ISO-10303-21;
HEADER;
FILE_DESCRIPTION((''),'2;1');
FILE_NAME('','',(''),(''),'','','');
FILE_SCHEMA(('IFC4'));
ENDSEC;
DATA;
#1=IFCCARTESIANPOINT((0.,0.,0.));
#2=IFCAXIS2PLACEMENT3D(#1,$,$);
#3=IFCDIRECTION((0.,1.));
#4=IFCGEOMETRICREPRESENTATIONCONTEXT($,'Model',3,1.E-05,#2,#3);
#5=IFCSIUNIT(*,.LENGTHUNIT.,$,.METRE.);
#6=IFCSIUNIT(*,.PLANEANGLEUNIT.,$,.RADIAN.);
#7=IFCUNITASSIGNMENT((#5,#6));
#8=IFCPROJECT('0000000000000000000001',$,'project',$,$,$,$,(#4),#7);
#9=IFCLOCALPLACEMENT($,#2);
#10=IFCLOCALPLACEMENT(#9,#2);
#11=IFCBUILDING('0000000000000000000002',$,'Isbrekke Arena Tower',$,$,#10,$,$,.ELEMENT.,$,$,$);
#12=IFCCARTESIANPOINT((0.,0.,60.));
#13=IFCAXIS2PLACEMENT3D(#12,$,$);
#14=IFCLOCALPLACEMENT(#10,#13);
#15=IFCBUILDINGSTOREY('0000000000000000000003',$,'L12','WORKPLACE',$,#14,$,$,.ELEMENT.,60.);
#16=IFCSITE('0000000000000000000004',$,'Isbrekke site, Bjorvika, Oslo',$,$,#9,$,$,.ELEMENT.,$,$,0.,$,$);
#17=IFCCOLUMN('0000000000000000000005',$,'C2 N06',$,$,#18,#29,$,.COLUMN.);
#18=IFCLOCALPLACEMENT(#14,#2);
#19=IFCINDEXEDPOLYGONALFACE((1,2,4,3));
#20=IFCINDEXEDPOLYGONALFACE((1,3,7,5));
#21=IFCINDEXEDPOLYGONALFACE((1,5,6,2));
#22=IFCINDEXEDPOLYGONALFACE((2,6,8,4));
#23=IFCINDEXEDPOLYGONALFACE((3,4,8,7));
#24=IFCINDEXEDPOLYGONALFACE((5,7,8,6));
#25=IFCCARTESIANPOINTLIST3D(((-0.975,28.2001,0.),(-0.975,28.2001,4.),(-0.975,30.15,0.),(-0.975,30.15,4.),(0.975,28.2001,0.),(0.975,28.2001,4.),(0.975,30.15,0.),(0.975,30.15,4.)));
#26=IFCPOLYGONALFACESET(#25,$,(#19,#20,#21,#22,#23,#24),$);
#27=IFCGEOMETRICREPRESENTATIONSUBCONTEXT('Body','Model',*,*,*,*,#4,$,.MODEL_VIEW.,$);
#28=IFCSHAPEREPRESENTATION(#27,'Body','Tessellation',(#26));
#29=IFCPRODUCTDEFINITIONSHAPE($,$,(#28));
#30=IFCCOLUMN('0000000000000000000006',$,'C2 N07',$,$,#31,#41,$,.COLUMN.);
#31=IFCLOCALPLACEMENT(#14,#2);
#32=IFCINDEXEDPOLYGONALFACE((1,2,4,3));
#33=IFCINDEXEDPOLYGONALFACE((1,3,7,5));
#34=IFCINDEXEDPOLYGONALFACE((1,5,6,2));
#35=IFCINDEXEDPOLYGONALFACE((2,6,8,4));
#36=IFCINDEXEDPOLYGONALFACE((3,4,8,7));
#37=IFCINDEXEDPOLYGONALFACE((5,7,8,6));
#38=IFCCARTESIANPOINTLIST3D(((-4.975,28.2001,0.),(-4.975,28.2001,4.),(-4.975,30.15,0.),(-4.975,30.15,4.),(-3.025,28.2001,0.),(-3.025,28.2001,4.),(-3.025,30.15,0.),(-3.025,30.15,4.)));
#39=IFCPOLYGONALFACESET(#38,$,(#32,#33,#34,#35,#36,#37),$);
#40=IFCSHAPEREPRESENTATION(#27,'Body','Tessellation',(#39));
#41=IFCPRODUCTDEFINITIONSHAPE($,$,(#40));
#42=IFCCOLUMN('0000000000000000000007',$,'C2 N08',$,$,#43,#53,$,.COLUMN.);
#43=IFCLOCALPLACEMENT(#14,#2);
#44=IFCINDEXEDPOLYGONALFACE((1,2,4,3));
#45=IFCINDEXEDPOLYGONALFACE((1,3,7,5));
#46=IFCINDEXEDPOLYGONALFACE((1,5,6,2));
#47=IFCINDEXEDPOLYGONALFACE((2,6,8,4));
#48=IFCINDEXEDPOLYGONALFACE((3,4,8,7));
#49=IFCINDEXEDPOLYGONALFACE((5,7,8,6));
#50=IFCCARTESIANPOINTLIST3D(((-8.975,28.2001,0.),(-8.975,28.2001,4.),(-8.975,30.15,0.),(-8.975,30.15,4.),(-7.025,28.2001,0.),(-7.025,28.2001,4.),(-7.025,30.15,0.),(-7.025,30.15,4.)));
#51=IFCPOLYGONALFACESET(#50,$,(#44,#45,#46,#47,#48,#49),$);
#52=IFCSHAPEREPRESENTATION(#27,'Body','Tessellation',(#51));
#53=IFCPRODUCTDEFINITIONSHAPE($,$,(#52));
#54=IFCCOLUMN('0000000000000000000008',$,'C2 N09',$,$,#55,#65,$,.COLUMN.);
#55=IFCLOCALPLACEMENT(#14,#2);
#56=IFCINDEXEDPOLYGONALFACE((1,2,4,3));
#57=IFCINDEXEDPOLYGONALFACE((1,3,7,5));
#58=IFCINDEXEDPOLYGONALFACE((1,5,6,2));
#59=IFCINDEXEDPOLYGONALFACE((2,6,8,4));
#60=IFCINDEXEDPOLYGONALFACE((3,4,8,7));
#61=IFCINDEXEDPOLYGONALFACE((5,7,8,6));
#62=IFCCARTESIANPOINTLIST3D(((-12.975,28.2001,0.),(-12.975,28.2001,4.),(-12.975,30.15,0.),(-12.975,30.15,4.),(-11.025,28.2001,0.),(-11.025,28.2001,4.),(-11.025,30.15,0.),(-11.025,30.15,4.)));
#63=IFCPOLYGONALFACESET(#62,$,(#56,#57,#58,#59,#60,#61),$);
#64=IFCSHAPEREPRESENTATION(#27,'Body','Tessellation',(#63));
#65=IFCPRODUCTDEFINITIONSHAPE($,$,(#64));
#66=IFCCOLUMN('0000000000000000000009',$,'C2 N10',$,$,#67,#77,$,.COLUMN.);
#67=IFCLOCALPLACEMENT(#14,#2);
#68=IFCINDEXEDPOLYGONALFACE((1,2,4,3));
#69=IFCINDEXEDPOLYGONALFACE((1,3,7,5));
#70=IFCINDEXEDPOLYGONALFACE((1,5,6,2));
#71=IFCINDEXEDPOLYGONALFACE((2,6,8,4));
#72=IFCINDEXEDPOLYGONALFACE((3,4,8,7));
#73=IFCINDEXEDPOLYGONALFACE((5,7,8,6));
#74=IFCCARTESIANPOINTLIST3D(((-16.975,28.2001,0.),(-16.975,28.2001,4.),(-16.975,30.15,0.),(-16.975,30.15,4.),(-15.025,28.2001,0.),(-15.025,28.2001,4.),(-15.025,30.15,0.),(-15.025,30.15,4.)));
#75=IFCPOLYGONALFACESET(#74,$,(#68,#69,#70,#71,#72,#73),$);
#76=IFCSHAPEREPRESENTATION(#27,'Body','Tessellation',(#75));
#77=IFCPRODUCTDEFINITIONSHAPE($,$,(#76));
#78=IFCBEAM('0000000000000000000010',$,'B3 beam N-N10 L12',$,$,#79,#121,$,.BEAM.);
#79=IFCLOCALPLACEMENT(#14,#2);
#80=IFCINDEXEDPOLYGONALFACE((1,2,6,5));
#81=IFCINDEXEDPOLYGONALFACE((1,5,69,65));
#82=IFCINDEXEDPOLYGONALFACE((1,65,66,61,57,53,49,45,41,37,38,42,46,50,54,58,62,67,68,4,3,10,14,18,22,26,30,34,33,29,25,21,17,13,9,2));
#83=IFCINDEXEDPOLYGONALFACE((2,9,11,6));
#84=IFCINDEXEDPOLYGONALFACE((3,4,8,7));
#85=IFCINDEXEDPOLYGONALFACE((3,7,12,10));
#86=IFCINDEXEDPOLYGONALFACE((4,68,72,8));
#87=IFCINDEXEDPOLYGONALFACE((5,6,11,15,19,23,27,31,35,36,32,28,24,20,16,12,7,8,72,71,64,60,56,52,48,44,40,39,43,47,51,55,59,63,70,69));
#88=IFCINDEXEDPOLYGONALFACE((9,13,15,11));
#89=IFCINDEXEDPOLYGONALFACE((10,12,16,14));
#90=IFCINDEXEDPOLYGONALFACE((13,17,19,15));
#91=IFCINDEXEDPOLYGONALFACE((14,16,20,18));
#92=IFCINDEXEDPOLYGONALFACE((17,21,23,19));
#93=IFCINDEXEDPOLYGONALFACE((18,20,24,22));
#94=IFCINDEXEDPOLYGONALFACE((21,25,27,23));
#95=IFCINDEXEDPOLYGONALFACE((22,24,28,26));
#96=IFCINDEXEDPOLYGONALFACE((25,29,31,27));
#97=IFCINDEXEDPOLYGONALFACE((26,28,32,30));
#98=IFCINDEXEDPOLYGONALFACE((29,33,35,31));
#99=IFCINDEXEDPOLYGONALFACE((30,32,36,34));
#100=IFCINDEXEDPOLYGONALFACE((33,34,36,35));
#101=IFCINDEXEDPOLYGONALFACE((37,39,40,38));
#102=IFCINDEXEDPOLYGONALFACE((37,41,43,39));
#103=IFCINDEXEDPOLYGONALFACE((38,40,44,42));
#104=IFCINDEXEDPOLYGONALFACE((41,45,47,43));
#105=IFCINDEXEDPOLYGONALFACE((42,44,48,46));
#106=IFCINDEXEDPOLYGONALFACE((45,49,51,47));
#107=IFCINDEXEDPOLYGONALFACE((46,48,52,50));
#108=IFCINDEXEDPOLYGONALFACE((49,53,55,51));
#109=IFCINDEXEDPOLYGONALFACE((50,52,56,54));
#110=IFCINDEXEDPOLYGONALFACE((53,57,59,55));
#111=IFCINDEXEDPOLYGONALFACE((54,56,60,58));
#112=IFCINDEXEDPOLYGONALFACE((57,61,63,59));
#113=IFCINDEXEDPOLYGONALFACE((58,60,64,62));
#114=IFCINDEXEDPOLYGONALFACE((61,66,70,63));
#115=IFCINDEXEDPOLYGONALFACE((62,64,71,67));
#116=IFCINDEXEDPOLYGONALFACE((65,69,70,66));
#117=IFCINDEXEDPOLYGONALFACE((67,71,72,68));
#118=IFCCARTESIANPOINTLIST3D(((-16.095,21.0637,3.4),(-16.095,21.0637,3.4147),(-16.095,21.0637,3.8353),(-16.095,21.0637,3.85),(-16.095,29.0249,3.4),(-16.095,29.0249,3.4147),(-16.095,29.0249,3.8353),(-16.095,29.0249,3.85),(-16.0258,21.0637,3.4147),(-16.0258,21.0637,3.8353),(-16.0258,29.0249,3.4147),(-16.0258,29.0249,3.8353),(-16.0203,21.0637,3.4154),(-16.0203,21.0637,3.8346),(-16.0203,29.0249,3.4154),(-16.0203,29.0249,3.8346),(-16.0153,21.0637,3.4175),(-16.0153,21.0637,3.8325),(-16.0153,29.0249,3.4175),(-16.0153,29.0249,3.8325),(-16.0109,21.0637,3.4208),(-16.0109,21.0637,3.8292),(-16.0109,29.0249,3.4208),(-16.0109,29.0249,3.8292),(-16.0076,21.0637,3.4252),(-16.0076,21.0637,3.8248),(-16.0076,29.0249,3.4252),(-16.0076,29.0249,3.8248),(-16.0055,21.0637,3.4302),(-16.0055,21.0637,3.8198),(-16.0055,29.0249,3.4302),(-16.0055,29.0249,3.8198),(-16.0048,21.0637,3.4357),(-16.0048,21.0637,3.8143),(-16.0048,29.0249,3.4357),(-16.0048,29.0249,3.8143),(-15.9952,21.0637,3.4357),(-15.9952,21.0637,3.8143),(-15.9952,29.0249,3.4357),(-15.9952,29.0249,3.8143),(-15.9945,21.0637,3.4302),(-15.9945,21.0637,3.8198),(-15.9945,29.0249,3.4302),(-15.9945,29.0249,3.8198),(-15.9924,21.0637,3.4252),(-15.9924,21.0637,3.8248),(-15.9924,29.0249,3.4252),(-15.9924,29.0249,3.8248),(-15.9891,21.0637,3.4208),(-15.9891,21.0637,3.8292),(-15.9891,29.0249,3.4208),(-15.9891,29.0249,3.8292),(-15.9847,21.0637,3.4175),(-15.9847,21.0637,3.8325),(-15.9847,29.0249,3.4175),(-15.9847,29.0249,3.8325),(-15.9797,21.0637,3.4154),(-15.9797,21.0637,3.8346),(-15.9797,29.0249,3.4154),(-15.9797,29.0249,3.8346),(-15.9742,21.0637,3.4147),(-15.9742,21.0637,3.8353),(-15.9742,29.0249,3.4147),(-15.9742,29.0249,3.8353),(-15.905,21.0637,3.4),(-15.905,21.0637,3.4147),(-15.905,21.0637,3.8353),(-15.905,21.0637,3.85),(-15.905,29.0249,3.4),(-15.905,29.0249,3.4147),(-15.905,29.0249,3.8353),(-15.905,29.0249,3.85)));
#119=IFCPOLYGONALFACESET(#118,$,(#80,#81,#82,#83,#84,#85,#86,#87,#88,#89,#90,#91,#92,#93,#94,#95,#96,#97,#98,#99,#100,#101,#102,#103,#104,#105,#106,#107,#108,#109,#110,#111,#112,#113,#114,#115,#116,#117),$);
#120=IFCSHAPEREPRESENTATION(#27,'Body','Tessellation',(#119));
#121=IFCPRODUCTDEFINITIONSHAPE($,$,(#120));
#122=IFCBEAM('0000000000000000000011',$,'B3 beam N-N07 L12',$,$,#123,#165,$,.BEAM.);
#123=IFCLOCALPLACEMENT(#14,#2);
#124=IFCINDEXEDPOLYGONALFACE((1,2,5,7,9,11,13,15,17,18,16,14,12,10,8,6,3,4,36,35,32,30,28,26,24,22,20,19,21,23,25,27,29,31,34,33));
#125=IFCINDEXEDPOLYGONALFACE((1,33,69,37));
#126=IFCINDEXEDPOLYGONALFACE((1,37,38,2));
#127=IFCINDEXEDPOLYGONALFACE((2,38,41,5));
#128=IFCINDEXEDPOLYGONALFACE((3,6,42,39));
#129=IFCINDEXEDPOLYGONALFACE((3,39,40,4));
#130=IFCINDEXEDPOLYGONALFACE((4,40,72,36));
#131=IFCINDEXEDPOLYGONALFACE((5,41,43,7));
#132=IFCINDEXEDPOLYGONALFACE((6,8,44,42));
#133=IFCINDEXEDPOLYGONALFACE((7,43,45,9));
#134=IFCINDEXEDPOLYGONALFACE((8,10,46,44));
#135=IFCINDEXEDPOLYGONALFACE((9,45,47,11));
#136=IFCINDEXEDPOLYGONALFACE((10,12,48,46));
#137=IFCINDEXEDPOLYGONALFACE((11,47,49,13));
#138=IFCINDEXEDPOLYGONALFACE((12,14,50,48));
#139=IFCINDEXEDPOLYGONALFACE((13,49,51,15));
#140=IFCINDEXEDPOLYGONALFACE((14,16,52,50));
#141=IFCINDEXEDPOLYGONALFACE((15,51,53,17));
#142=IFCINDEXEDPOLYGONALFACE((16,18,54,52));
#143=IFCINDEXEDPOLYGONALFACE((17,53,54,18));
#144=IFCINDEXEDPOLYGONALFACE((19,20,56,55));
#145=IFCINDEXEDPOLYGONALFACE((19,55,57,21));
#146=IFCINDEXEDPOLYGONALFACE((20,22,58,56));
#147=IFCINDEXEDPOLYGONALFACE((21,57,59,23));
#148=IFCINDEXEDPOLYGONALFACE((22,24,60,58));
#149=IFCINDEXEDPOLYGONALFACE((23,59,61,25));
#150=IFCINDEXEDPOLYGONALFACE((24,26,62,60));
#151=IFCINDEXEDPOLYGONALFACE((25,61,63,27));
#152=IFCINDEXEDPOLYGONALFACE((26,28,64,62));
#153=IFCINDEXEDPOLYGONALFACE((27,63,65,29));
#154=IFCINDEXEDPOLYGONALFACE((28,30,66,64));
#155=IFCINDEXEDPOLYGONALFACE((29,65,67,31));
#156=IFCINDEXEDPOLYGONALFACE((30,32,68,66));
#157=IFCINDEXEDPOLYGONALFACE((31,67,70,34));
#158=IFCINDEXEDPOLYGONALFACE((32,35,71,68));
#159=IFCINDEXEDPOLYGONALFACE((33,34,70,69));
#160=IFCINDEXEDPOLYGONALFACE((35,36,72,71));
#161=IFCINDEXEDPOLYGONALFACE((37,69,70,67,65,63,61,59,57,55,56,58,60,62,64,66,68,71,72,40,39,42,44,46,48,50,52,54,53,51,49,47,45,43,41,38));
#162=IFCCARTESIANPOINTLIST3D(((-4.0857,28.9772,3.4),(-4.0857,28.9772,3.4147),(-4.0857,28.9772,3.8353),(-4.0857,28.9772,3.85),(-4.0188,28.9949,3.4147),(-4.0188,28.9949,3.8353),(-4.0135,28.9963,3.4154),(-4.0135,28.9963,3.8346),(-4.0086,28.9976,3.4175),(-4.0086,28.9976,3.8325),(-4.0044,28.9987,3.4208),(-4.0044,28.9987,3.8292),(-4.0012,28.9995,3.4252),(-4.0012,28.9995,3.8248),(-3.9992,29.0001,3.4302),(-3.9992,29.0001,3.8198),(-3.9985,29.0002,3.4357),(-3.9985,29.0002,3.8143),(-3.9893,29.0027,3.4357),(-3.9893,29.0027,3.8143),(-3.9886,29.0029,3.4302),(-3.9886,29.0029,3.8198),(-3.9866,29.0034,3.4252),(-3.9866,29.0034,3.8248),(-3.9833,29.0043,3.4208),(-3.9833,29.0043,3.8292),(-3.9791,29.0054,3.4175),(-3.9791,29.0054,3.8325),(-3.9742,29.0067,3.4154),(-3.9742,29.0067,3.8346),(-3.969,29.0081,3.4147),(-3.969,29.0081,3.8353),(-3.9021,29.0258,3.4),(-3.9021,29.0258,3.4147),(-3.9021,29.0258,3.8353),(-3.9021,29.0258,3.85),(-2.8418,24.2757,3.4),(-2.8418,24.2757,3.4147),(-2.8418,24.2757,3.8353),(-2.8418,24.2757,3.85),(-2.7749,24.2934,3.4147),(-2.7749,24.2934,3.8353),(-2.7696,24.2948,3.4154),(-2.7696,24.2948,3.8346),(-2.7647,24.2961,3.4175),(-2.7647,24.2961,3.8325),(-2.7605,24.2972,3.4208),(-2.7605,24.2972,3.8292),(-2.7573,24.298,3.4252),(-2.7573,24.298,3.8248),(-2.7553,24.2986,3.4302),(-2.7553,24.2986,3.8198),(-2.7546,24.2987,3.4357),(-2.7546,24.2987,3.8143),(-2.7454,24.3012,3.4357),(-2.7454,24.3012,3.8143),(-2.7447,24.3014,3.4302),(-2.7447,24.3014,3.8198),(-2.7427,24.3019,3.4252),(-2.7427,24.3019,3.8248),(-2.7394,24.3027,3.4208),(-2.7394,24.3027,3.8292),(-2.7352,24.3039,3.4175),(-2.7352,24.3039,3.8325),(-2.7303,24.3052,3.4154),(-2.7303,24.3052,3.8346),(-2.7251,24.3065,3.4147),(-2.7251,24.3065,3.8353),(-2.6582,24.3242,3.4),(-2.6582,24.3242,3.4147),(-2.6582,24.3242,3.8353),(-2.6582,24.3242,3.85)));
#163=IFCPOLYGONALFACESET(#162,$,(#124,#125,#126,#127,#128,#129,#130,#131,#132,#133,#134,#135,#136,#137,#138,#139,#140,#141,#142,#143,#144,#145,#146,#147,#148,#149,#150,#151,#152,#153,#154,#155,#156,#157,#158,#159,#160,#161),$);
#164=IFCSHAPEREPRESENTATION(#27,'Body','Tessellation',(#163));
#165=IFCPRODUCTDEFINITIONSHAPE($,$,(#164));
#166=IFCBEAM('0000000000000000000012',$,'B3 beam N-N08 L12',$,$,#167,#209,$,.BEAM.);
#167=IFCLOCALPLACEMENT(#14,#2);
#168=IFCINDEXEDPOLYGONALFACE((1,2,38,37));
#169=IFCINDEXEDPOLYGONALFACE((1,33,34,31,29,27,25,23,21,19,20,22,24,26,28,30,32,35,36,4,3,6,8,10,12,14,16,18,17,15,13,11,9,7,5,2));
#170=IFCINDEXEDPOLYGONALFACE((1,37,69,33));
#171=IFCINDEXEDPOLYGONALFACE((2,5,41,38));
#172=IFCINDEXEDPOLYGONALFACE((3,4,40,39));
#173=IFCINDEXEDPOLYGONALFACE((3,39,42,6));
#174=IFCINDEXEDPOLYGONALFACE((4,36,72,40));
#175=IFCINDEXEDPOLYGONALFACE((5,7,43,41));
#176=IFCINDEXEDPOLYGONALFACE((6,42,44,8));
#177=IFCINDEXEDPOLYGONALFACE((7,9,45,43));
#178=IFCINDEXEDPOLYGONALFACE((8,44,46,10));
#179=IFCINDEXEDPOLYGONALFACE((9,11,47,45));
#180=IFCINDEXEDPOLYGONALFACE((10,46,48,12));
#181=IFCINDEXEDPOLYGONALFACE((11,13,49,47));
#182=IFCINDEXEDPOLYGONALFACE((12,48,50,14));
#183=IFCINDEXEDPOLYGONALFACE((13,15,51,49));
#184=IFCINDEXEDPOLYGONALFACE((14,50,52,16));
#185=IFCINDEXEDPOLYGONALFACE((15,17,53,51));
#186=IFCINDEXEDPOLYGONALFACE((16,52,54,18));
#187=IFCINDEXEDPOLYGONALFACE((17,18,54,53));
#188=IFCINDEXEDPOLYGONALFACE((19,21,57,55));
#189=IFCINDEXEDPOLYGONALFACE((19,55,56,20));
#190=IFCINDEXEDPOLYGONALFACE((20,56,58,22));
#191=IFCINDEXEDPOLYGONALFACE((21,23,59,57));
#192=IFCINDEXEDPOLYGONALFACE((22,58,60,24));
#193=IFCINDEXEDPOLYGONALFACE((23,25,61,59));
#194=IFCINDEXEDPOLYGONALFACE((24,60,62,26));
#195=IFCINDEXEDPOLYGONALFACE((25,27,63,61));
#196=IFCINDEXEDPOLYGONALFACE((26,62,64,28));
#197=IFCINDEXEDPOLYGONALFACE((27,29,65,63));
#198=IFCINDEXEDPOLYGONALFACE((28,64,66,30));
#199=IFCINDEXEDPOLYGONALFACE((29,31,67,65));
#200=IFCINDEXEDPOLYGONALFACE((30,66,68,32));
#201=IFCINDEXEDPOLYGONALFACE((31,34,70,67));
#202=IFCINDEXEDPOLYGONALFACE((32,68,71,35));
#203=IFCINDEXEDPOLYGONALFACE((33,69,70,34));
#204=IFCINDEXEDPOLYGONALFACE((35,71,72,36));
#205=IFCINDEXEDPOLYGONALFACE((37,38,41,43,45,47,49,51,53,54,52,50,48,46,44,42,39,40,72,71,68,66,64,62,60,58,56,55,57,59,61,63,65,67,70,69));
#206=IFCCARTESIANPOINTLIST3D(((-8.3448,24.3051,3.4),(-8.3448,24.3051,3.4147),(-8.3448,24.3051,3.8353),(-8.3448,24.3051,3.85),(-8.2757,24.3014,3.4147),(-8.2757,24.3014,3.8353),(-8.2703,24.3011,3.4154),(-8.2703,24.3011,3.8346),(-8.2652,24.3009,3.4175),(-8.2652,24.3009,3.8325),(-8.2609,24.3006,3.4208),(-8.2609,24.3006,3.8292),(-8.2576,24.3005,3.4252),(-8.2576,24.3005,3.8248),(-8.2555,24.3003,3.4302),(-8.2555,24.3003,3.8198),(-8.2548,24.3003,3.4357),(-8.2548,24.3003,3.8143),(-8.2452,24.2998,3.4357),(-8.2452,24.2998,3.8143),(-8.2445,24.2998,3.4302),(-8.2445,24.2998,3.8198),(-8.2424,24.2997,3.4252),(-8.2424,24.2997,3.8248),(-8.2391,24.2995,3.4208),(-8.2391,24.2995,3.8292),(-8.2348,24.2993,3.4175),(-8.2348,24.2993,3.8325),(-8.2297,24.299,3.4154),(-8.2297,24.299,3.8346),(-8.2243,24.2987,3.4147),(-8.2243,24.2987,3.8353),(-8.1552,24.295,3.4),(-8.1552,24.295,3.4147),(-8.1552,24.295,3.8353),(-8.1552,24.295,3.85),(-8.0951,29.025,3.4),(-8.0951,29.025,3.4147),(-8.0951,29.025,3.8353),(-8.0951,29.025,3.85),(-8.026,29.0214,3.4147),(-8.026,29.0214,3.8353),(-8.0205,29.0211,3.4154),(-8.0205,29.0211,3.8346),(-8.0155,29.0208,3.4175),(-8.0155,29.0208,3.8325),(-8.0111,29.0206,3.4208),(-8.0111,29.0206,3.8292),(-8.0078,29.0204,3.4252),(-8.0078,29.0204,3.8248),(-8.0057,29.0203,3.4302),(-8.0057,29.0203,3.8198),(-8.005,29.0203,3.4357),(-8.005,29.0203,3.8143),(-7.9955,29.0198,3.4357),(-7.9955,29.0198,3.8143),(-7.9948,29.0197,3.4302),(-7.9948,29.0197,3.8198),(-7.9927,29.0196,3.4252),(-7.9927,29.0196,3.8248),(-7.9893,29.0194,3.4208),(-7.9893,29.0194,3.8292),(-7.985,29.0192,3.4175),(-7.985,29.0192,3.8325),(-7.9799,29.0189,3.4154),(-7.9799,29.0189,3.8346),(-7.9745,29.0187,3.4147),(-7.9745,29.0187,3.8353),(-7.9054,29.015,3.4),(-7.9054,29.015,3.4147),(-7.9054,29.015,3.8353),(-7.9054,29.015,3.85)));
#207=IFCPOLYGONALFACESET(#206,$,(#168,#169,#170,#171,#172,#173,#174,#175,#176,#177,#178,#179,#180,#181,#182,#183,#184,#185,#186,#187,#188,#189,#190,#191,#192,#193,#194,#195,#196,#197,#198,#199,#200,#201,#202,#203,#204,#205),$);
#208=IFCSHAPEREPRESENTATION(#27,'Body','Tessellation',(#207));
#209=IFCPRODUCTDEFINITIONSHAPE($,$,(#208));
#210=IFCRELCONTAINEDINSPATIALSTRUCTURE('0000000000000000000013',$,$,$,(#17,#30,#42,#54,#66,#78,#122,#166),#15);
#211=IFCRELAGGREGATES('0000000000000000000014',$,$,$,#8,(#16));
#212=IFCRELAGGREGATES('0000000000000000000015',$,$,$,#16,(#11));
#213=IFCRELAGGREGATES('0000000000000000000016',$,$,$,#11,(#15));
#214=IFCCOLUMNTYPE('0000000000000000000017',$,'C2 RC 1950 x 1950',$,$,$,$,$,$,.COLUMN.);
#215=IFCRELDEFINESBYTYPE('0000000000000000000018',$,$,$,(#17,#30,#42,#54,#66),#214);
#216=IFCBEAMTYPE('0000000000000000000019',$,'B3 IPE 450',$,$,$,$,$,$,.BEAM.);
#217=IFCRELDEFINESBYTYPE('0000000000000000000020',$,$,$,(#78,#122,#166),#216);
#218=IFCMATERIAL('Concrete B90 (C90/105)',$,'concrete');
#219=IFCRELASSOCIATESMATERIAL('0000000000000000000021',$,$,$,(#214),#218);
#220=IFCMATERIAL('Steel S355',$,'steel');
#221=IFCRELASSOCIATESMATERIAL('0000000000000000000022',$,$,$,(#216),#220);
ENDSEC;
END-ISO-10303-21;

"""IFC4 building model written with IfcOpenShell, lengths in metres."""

from ifc_helpers import new_model, si_unit, direction, frame, origin, origin_2d, place, context, subcontext, project, spatial, rectangle, i_section, extrude, material, material_profile, profile_set, type_object, element, save


model = new_model("IFC4")

# Units and contexts
model_context = context("Model", 3, precision=1e-05, world=origin(), true_north=direction((0.0, 1.0)))
body_context = subcontext(model_context, "Body", "Model", "MODEL_VIEW")
ifc_project = project(units=[si_unit("LENGTHUNIT", "METRE"), si_unit("PLANEANGLEUNIT", "RADIAN")], contexts=[model_context])

# Site, building, storey
site_placement = place(None, origin())
site = spatial("IfcSite", under=ifc_project, at=site_placement, Name="Isbrekke site, Bjorvika, Oslo", CompositionType="ELEMENT", RefElevation=0.0)
building_placement = place(site_placement, origin())
building = spatial("IfcBuilding", under=site, at=building_placement, Name="Isbrekke Arena Tower", CompositionType="ELEMENT")
storey_placement = place(building_placement, frame((0.0, 0.0, 60.0)))
storey = spatial("IfcBuildingStorey", under=building, at=storey_placement, Name="L12", Description="WORKPLACE", CompositionType="ELEMENT", Elevation=60.0)

# Columns
ifc_material_1 = material(Name="Concrete B90 (C90/105)", Category="concrete")
ifc_material_profile_1 = material_profile(ifc_material_1, rectangle(XDim=1.95, YDim=1.95, at=origin_2d()), Name="RC 1950x1950")
ifc_profile_set_1 = profile_set([ifc_material_profile_1], Name="Concrete B90 (C90/105)")
column_type = type_object("IfcColumnType", Name="C2 RC 1950 x 1950", PredefinedType="COLUMN", material=ifc_profile_set_1)
for number, where, z_axis, x_axis, name in (
    (1, (0.0, 29.175, 0.0), (0.0, 0.0, 1.0), (-1.0, 0.0, 0.0), "C2 N06"),
    (2, (-4.0, 29.175, 0.0), (0.0, 0.0, 1.0), (-1.0, 0.0, 0.0), "C2 N07"),
    (3, (-8.0, 29.175, 0.0), (0.0, 0.0, 1.0), (-1.0, 0.0, 0.0), "C2 N08"),
    (4, (-12.0, 29.175, 0.0), (0.0, 0.0, 1.0), (-1.0, 0.0, 0.0), "C2 N09"),
    (5, (-16.0, 29.175, 0.0), (0.0, 0.0, 1.0), (-1.0, 0.0, 0.0), "C2 N10"),
):
    element("IfcColumn", number, at=place(storey_placement, frame(where, z_axis=z_axis, x_axis=x_axis)), inside=storey, type_object=column_type, Name=name, PredefinedType="COLUMN", context=body_context, shape_type="SweptSolid", body=[
        extrude(rectangle(XDim=1.95, YDim=1.95, at=origin_2d()), origin(), (0.0, 0.0, 1.0), 4.0),
    ])

# Beams
ifc_material_2 = material(Name="Steel S355", Category="steel")
ifc_material_profile_2 = material_profile(ifc_material_2, i_section(OverallWidth=0.1899, OverallDepth=0.45, WebThickness=0.0095, FlangeThickness=0.0146, FilletRadius=0.021, at=origin_2d()), Name="IPE 450")
ifc_profile_set_2 = profile_set([ifc_material_profile_2], Name="Steel S355")
beam_type_1 = type_object("IfcBeamType", Name="B3 IPE 450", PredefinedType="BEAM", material=ifc_profile_set_2)
beam_1_placement = place(storey_placement, frame((-16.0, 29.0249, 3.625), z_axis=(0.0, -1.0, 0.0), x_axis=(1.0, 0.0, 0.0)))
element("IfcBeam", 6, at=beam_1_placement, inside=storey, type_object=beam_type_1, Name="B3 beam N-N10 L12", PredefinedType="BEAM", context=body_context, shape_type="SweptSolid", body=[
    extrude(i_section(OverallWidth=0.1899, OverallDepth=0.45, WebThickness=0.0095, FlangeThickness=0.0146, FilletRadius=0.021, at=origin_2d()), origin(), (0.0, 0.0, 1.0), 7.9612),
])
beam_2_placement = place(storey_placement, frame((-3.9939, 29.0015, 3.625), z_axis=(0.255778, -0.966736, 0.0), x_axis=(0.966736, 0.255778, 0.0)))
element("IfcBeam", 7, at=beam_2_placement, inside=storey, type_object=beam_type_1, Name="B3 beam N-N07 L12", PredefinedType="BEAM", context=body_context, shape_type="SweptSolid", body=[
    extrude(i_section(OverallWidth=0.1899, OverallDepth=0.45, WebThickness=0.0095, FlangeThickness=0.0146, FilletRadius=0.021, at=origin_2d()), origin(), (0.0, 0.0, 1.0), 4.8633),
])
beam_3_placement = place(storey_placement, frame((-8.0002, 29.02, 3.625), z_axis=(-0.052841, -0.998603, 0.0), x_axis=(0.998603, -0.052841, 0.0)))
element("IfcBeam", 8, at=beam_3_placement, inside=storey, type_object=beam_type_1, Name="B3 beam N-N08 L12", PredefinedType="BEAM", context=body_context, shape_type="SweptSolid", body=[
    extrude(i_section(OverallWidth=0.1899, OverallDepth=0.45, WebThickness=0.0095, FlangeThickness=0.0146, FilletRadius=0.021, at=origin_2d()), origin(), (0.0, 0.0, 1.0), 4.7266),
])

save(model, "model.ifc")
